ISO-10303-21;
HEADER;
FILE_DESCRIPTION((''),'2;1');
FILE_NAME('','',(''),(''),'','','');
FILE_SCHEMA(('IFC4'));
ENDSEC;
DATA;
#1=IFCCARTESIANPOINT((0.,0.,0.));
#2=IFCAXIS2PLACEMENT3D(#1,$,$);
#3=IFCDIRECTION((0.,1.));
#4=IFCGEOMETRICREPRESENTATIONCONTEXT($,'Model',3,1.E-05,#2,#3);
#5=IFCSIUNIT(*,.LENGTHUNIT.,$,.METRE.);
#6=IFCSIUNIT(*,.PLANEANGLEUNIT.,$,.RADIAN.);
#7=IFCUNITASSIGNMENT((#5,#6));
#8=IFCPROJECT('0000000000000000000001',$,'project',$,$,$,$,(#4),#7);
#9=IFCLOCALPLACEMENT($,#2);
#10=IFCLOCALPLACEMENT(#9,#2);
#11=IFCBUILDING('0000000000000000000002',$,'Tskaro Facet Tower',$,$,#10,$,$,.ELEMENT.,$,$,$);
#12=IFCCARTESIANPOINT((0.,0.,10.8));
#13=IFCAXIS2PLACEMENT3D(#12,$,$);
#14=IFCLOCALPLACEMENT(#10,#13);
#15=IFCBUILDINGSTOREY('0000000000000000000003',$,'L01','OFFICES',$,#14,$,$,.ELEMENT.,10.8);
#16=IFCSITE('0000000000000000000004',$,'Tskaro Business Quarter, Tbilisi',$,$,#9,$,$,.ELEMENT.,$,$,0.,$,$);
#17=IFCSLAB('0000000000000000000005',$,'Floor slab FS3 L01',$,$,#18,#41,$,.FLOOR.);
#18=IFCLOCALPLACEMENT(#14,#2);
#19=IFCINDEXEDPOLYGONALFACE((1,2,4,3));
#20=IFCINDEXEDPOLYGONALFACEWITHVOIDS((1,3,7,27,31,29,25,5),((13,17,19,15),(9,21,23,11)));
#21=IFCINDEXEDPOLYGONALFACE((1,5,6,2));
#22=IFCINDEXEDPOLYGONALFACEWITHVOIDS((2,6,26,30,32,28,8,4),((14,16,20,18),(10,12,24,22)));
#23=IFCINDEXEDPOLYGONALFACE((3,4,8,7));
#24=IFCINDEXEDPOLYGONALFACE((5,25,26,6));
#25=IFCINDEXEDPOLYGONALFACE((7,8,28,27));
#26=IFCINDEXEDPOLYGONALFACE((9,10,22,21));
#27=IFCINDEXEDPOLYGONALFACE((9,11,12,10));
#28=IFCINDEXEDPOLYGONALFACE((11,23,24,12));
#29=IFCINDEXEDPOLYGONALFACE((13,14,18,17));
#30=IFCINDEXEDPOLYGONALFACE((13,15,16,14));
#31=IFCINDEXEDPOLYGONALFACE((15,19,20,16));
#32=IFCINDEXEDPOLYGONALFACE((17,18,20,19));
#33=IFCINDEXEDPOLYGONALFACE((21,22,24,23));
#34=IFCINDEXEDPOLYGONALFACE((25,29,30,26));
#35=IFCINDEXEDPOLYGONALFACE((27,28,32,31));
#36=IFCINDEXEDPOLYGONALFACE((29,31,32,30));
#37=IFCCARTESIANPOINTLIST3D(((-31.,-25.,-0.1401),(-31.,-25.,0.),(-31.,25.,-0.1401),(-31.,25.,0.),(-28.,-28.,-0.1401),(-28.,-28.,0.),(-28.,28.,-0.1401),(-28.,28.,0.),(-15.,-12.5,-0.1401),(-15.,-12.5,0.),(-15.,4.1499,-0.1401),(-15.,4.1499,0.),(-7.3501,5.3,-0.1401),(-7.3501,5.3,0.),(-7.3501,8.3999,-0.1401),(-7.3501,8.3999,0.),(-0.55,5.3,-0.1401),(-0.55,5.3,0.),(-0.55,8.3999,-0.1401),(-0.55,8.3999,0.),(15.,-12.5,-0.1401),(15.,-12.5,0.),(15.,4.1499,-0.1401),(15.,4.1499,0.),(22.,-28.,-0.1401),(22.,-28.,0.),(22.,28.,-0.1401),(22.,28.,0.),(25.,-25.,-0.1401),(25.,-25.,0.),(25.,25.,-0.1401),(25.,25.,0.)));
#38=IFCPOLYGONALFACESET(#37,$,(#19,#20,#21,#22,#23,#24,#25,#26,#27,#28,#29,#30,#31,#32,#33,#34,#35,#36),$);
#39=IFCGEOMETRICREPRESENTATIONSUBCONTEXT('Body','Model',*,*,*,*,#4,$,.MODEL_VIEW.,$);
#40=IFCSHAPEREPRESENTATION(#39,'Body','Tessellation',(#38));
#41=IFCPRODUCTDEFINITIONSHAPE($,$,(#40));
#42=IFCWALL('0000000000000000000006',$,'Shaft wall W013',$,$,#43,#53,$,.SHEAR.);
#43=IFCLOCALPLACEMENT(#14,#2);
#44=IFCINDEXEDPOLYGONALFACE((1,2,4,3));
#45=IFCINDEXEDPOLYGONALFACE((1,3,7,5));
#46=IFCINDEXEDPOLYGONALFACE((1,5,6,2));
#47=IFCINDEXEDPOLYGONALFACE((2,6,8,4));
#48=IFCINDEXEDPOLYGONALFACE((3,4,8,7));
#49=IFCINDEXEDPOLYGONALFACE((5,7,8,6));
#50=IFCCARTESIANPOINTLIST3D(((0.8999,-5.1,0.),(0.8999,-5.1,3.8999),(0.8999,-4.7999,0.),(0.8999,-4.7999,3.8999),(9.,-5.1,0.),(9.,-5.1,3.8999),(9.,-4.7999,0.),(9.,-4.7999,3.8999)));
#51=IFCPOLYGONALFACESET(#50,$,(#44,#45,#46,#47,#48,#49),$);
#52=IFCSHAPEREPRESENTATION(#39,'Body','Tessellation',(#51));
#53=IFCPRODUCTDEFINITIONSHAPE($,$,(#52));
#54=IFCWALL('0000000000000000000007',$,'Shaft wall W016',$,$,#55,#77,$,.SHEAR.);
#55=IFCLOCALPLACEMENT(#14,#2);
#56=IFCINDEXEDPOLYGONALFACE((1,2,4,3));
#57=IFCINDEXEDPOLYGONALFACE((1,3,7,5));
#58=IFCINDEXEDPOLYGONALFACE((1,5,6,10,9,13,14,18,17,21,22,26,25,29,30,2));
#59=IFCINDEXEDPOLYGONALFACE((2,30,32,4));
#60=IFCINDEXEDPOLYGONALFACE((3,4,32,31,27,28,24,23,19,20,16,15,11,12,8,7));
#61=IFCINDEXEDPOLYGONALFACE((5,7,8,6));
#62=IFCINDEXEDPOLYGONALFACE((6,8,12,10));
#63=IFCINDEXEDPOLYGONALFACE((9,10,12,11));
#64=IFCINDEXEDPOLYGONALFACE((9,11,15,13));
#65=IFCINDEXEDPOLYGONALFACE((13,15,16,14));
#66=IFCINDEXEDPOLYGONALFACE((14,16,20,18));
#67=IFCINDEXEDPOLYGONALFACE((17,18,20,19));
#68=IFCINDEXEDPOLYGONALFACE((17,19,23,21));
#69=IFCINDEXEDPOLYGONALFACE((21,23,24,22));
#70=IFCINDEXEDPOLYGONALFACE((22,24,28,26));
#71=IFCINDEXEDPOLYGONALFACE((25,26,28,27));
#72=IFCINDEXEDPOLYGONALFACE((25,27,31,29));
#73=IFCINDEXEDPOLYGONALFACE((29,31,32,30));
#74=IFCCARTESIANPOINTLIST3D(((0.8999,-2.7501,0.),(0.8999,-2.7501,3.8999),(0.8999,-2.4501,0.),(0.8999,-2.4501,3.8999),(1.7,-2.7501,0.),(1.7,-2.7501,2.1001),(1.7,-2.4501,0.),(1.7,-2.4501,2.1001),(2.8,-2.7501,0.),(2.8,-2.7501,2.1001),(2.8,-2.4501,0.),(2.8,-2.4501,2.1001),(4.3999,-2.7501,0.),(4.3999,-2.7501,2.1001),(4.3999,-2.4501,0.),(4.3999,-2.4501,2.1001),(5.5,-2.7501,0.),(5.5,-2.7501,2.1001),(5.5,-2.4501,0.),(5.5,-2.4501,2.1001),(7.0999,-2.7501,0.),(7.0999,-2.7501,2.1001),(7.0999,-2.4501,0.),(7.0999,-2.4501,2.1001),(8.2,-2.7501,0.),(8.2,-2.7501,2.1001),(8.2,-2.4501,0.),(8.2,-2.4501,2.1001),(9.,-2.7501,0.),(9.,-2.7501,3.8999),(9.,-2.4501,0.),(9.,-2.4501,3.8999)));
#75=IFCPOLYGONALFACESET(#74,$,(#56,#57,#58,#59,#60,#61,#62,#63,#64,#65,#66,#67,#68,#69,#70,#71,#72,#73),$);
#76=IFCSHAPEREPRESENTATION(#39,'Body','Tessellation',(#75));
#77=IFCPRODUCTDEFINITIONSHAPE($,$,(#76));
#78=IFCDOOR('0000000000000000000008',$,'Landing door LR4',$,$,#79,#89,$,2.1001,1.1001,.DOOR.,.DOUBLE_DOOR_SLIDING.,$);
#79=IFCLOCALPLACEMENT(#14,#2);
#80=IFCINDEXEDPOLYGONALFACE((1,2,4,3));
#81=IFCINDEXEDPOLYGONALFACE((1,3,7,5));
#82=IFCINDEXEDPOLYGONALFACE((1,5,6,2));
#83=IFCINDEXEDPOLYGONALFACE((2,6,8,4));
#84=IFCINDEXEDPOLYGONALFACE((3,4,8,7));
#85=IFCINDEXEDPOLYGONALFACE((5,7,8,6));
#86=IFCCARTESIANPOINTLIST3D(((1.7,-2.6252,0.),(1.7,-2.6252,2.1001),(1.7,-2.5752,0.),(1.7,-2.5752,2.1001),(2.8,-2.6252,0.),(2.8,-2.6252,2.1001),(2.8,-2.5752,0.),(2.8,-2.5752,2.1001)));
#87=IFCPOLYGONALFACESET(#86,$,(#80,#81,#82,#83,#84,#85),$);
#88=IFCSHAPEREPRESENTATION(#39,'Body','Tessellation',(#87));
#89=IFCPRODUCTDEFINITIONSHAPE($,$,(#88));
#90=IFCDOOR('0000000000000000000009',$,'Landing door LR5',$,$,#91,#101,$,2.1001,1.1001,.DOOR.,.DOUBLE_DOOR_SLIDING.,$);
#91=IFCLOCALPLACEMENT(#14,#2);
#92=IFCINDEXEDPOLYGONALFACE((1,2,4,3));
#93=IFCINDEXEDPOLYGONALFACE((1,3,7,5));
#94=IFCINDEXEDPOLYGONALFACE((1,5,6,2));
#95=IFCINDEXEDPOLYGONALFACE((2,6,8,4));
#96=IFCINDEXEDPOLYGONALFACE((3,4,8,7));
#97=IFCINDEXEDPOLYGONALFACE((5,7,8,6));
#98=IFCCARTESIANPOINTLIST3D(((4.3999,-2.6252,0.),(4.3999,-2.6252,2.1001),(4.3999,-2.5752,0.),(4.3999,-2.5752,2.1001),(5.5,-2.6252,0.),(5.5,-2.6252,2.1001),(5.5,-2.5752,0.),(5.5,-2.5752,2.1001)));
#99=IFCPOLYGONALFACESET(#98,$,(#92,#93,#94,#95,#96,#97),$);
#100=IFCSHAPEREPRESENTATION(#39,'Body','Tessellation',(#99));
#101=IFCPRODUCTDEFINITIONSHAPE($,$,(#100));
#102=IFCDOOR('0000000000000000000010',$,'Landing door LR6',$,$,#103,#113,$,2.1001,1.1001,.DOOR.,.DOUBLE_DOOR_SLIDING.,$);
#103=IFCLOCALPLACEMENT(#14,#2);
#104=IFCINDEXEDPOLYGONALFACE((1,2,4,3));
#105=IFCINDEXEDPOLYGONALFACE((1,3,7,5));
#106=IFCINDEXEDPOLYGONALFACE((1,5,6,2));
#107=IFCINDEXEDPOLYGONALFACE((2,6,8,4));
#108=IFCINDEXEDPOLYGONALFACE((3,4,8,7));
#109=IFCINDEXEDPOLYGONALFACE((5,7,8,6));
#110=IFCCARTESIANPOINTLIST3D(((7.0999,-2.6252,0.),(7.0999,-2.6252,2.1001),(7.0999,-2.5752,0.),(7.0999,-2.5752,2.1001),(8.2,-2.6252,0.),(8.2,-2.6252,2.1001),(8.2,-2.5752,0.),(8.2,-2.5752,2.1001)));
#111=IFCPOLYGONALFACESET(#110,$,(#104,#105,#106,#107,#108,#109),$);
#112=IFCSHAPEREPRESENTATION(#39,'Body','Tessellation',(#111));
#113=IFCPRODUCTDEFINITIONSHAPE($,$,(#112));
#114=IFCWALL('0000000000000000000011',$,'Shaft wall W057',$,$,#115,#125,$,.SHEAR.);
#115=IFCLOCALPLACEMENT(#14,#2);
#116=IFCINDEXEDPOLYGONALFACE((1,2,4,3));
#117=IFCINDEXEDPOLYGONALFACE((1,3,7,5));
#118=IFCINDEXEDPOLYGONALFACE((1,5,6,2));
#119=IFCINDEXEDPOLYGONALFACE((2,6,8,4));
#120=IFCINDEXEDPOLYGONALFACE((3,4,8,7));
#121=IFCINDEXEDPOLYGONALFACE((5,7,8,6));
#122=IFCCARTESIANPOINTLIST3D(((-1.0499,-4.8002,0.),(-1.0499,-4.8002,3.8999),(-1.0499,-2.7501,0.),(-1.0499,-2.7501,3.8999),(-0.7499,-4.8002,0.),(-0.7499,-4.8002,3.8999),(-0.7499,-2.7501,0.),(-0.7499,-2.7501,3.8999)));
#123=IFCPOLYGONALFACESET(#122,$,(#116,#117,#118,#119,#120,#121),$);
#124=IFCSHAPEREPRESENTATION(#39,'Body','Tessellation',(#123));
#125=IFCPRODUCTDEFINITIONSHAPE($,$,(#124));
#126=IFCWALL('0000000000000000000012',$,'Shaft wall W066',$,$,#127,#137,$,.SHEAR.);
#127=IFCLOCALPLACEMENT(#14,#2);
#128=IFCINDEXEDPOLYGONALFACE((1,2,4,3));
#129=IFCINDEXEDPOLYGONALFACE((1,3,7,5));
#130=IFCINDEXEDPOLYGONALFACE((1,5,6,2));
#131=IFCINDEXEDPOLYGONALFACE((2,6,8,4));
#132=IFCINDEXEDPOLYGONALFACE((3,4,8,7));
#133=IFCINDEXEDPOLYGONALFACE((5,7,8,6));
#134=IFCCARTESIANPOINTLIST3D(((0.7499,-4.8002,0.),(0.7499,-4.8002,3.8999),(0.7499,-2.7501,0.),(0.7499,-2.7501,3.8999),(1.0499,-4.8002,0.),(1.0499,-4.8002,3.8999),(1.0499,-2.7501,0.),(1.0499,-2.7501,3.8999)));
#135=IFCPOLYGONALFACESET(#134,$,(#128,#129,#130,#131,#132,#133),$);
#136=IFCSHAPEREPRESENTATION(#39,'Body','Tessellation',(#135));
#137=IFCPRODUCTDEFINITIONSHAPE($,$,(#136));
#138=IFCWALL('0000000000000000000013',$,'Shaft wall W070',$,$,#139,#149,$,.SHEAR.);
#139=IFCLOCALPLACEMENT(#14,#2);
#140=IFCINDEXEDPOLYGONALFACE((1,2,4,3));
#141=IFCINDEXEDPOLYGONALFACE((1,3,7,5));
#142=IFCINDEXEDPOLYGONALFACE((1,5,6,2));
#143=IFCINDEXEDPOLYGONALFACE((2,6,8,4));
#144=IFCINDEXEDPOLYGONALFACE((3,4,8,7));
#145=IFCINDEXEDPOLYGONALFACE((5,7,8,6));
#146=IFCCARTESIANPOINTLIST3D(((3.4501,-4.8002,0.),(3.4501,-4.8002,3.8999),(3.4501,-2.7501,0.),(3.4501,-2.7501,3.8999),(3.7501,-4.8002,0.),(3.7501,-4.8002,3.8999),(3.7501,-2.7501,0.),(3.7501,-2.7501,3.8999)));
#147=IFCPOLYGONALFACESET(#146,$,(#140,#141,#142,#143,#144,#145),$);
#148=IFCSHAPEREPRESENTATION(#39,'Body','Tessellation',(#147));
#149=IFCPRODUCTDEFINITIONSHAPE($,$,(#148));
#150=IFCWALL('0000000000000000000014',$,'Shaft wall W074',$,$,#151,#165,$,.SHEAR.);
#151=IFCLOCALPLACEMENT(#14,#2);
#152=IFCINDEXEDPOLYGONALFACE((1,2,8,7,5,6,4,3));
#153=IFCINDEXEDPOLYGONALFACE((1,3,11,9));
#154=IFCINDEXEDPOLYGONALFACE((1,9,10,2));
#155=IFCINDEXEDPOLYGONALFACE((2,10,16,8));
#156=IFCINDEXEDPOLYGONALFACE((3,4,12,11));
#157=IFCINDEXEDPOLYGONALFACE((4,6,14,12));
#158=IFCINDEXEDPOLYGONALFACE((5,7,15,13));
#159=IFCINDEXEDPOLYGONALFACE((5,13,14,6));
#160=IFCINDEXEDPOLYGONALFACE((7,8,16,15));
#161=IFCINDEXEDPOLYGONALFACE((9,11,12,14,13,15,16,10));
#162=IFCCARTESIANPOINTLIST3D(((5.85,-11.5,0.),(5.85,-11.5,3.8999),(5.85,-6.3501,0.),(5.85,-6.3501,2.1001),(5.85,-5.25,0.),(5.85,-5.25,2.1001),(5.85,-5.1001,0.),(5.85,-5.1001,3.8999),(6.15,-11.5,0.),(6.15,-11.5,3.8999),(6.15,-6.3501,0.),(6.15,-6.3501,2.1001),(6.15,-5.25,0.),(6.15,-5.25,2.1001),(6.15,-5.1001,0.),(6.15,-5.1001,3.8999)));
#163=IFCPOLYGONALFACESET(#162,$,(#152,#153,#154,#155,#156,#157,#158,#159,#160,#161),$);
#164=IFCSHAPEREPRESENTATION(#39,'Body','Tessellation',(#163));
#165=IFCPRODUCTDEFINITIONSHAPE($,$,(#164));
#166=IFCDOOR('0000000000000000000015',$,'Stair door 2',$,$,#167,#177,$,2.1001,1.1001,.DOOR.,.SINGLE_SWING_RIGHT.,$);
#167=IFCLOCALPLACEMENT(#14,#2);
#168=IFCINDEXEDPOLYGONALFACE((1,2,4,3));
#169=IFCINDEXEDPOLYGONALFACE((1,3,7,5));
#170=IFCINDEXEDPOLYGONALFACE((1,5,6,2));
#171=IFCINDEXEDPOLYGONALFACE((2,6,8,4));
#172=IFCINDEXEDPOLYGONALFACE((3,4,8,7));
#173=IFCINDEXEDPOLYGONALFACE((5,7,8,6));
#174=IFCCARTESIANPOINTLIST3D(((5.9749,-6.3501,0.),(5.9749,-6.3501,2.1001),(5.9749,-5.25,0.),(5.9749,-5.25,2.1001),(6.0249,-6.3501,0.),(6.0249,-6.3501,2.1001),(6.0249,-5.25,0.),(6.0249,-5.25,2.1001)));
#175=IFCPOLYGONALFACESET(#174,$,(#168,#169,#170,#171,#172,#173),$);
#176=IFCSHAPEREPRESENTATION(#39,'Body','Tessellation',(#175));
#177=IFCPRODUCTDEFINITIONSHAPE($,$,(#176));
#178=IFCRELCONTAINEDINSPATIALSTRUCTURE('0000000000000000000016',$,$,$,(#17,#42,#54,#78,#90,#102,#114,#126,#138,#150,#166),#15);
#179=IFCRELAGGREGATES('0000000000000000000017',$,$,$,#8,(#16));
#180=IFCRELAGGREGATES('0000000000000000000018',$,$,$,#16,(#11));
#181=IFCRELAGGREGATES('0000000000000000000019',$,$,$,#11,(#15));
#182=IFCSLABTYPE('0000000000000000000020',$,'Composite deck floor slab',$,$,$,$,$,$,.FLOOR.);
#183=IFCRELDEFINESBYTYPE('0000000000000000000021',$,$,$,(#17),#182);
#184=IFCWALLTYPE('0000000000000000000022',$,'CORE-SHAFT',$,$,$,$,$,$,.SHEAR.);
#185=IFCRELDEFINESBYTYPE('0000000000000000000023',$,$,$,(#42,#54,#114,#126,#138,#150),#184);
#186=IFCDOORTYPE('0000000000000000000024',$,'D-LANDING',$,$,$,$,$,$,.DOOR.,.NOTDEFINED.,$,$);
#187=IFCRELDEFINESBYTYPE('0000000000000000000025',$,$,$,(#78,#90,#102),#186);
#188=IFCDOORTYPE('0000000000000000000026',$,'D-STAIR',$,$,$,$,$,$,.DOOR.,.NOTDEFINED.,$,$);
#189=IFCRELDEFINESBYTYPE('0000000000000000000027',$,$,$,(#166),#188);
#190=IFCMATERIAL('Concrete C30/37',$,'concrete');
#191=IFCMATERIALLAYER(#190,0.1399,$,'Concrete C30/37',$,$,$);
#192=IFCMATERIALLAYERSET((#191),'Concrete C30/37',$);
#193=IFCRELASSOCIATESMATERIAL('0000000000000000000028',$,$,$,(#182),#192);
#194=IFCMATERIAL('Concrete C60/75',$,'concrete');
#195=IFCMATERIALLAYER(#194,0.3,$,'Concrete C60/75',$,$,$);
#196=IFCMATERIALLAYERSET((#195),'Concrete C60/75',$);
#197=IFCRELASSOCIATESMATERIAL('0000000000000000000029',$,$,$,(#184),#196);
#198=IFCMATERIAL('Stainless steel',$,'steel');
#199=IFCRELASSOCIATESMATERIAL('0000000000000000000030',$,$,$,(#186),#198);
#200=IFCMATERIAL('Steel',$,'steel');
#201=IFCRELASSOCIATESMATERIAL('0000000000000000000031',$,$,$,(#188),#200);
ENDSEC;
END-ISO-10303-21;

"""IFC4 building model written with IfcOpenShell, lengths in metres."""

from ifc_helpers import new_model, si_unit, direction, frame, frame_2d, origin, place, context, subcontext, project, spatial, polyline, rectangle, outline, extrude, material, layer, layer_set, type_object, element, fill, save


model = new_model("IFC4")

# Units and contexts
model_context = context("Model", 3, precision=1e-05, world=origin(), true_north=direction((0.0, 1.0)))
body_context = subcontext(model_context, "Body", "Model", "MODEL_VIEW")
ifc_project = project(units=[si_unit("LENGTHUNIT", "METRE"), si_unit("PLANEANGLEUNIT", "RADIAN")], contexts=[model_context])

# Site, building, storey
site_placement = place(None, origin())
site = spatial("IfcSite", under=ifc_project, at=site_placement, Name="Tskaro Business Quarter, Tbilisi", CompositionType="ELEMENT", RefElevation=0.0)
building_placement = place(site_placement, origin())
building = spatial("IfcBuilding", under=site, at=building_placement, Name="Tskaro Facet Tower", CompositionType="ELEMENT")
storey_placement = place(building_placement, frame((0.0, 0.0, 10.8)))
storey = spatial("IfcBuildingStorey", under=building, at=storey_placement, Name="L01", Description="OFFICES", CompositionType="ELEMENT", Elevation=10.8)

# Slab
ifc_material_1 = material(Name="Concrete C30/37", Category="concrete")
ifc_layer_1 = layer(ifc_material_1, 0.1399, Name="Concrete C30/37")
ifc_layer_set_1 = layer_set([ifc_layer_1], Name="Concrete C30/37")
slab_type_1 = type_object("IfcSlabType", Name="Composite deck floor slab", PredefinedType="FLOOR", material=ifc_layer_set_1)
slab_1_placement = place(storey_placement, frame((0.0, 0.0, -0.1401)))
element("IfcSlab", 1, at=slab_1_placement, inside=storey, type_object=slab_type_1, Name="Floor slab FS3 L01", PredefinedType="FLOOR", context=body_context, shape_type="SweptSolid", body=[
    extrude(outline(polyline([(-28.0, -28.0), (22.0, -28.0), (25.0, -25.0), (25.0, 25.0), (22.0, 28.0), (-28.0, 28.0), (-31.0, 25.0), (-31.0, -25.0), (-28.0, -28.0)]), holes=[polyline([(-15.0, -12.5), (15.0, -12.5), (15.0, 4.1499), (-15.0, 4.1499), (-15.0, -12.5)]), polyline([(-7.3501, 5.3), (-0.55, 5.3), (-0.55, 8.3999), (-7.3501, 8.3999), (-7.3501, 5.3)])]), origin(), (0.0, 0.0, 1.0), 0.1401),
])
ifc_material_2 = material(Name="Concrete C60/75", Category="concrete")

# Wall
ifc_layer_2 = layer(ifc_material_2, 0.3, Name="Concrete C60/75")
ifc_layer_set_2 = layer_set([ifc_layer_2], Name="Concrete C60/75")
wall_type_1 = type_object("IfcWallType", Name="CORE-SHAFT", PredefinedType="SHEAR", material=ifc_layer_set_2)
wall_1_placement = place(storey_placement, frame((0.8999, -4.95, 0.0), z_axis=(0.0, 0.0, 1.0), x_axis=(1.0, 0.0, 0.0)))
element("IfcWall", 2, at=wall_1_placement, inside=storey, type_object=wall_type_1, Name="Shaft wall W013", PredefinedType="SHEAR", context=body_context, shape_type="SweptSolid", body=[
    extrude(rectangle(XDim=8.1001, YDim=0.3, at=frame_2d((4.05, 0.0))), origin(), (0.0, 0.0, 1.0), 3.8999),
])

# Wall, openings, doors
wall_2_placement = place(storey_placement, frame((0.8999, -2.6001, 0.0), z_axis=(0.0, 0.0, 1.0), x_axis=(1.0, 0.0, 0.0)))
wall_2 = element("IfcWall", 3, at=wall_2_placement, inside=storey, type_object=wall_type_1, Name="Shaft wall W016", PredefinedType="SHEAR", context=body_context, shape_type="SweptSolid", body=[
    extrude(rectangle(XDim=8.1001, YDim=0.3, at=frame_2d((4.05, 0.0))), origin(), (0.0, 0.0, 1.0), 3.8999),
])
opening_1_placement = place(wall_2_placement, frame((0.8, 0.0, 0.0)))
opening_1 = element("IfcOpeningElement", 4, at=opening_1_placement, cuts=wall_2, PredefinedType="OPENING", context=body_context, shape_type="SweptSolid", body=[
    extrude(rectangle(XDim=1.1001, YDim=2.1001, at=frame_2d((0.55, 1.05))), frame((0.0, 0.1599, 0.0), z_axis=(0.0, -1.0, 0.0), x_axis=(1.0, 0.0, 0.0)), (0.0, 0.0, 1.0), 0.3201),
])
opening_2_placement = place(wall_2_placement, frame((3.5, 0.0, 0.0)))
opening_2 = element("IfcOpeningElement", 5, at=opening_2_placement, cuts=wall_2, PredefinedType="OPENING", context=body_context, shape_type="SweptSolid", body=[
    extrude(rectangle(XDim=1.1001, YDim=2.1001, at=frame_2d((0.55, 1.05))), frame((0.0, 0.1599, 0.0), z_axis=(0.0, -1.0, 0.0), x_axis=(1.0, 0.0, 0.0)), (0.0, 0.0, 1.0), 0.3201),
])
opening_3_placement = place(wall_2_placement, frame((6.2, 0.0, 0.0)))
opening_3 = element("IfcOpeningElement", 6, at=opening_3_placement, cuts=wall_2, PredefinedType="OPENING", context=body_context, shape_type="SweptSolid", body=[
    extrude(rectangle(XDim=1.1001, YDim=2.1001, at=frame_2d((0.55, 1.05))), frame((0.0, 0.1599, 0.0), z_axis=(0.0, -1.0, 0.0), x_axis=(1.0, 0.0, 0.0)), (0.0, 0.0, 1.0), 0.3201),
])
ifc_material_3 = material(Name="Stainless steel", Category="steel")
door_type_1 = type_object("IfcDoorType", Name="D-LANDING", OperationType="NOTDEFINED", PredefinedType="DOOR", material=ifc_material_3)
door_1_placement = place(opening_1_placement, origin())
door_1 = element("IfcDoor", 7, at=door_1_placement, inside=storey, type_object=door_type_1, Name="Landing door LR4", OperationType="DOUBLE_DOOR_SLIDING", OverallHeight=2.1001, OverallWidth=1.1001, PredefinedType="DOOR", context=body_context, shape_type="SweptSolid", body=[
    extrude(rectangle(XDim=1.1001, YDim=2.1001, at=frame_2d((0.55, 1.05))), frame((0.0, 0.0249, 0.0), z_axis=(0.0, -1.0, 0.0), x_axis=(1.0, 0.0, 0.0)), (0.0, 0.0, 1.0), 0.05),
])
fill(opening_1, door_1)
door_2_placement = place(opening_2_placement, origin())
door_2 = element("IfcDoor", 8, at=door_2_placement, inside=storey, type_object=door_type_1, Name="Landing door LR5", OperationType="DOUBLE_DOOR_SLIDING", OverallHeight=2.1001, OverallWidth=1.1001, PredefinedType="DOOR", context=body_context, shape_type="SweptSolid", body=[
    extrude(rectangle(XDim=1.1001, YDim=2.1001, at=frame_2d((0.55, 1.05))), frame((0.0, 0.0249, 0.0), z_axis=(0.0, -1.0, 0.0), x_axis=(1.0, 0.0, 0.0)), (0.0, 0.0, 1.0), 0.05),
])
fill(opening_2, door_2)
door_3_placement = place(opening_3_placement, origin())
door_3 = element("IfcDoor", 9, at=door_3_placement, inside=storey, type_object=door_type_1, Name="Landing door LR6", OperationType="DOUBLE_DOOR_SLIDING", OverallHeight=2.1001, OverallWidth=1.1001, PredefinedType="DOOR", context=body_context, shape_type="SweptSolid", body=[
    extrude(rectangle(XDim=1.1001, YDim=2.1001, at=frame_2d((0.55, 1.05))), frame((0.0, 0.0249, 0.0), z_axis=(0.0, -1.0, 0.0), x_axis=(1.0, 0.0, 0.0)), (0.0, 0.0, 1.0), 0.05),
])
fill(opening_3, door_3)

# Walls
for number, where, z_axis, x_axis, name in (
    (10, (-0.8999, -4.8, 0.0), (0.0, 0.0, 1.0), (0.0, 1.0, 0.0), "Shaft wall W057"),
    (11, (0.8999, -4.8, 0.0), (0.0, 0.0, 1.0), (0.0, 1.0, 0.0), "Shaft wall W066"),
    (12, (3.6001, -4.8, 0.0), (0.0, 0.0, 1.0), (0.0, 1.0, 0.0), "Shaft wall W070"),
):
    element("IfcWall", number, at=place(storey_placement, frame(where, z_axis=z_axis, x_axis=x_axis)), inside=storey, type_object=wall_type_1, Name=name, PredefinedType="SHEAR", context=body_context, shape_type="SweptSolid", body=[
        extrude(rectangle(XDim=2.05, YDim=0.3, at=frame_2d((1.0249, 0.0))), origin(), (0.0, 0.0, 1.0), 3.8999),
    ])

# Wall, opening, door
wall_3_placement = place(storey_placement, frame((6.0, -5.1001, 0.0), z_axis=(0.0, 0.0, 1.0), x_axis=(0.0, -1.0, 0.0)))
wall_3 = element("IfcWall", 13, at=wall_3_placement, inside=storey, type_object=wall_type_1, Name="Shaft wall W074", PredefinedType="SHEAR", context=body_context, shape_type="SweptSolid", body=[
    extrude(rectangle(XDim=6.3999, YDim=0.3, at=frame_2d((3.2, 0.0))), origin(), (0.0, 0.0, 1.0), 3.8999),
])
opening_4_placement = place(wall_3_placement, frame((0.1499, 0.0, 0.0)))
opening_4 = element("IfcOpeningElement", 14, at=opening_4_placement, cuts=wall_3, PredefinedType="OPENING", context=body_context, shape_type="SweptSolid", body=[
    extrude(rectangle(XDim=1.1001, YDim=2.1001, at=frame_2d((0.55, 1.05))), frame((0.0, 0.1599, 0.0), z_axis=(0.0, -1.0, 0.0), x_axis=(1.0, 0.0, 0.0)), (0.0, 0.0, 1.0), 0.3201),
])
ifc_material_4 = material(Name="Steel", Category="steel")
door_type_2 = type_object("IfcDoorType", Name="D-STAIR", OperationType="NOTDEFINED", PredefinedType="DOOR", material=ifc_material_4)
door_4_placement = place(opening_4_placement, origin())
door_4 = element("IfcDoor", 15, at=door_4_placement, inside=storey, type_object=door_type_2, Name="Stair door 2", OperationType="SINGLE_SWING_RIGHT", OverallHeight=2.1001, OverallWidth=1.1001, PredefinedType="DOOR", context=body_context, shape_type="SweptSolid", body=[
    extrude(rectangle(XDim=1.1001, YDim=2.1001, at=frame_2d((0.55, 1.05))), frame((0.0, 0.0249, 0.0), z_axis=(0.0, -1.0, 0.0), x_axis=(1.0, 0.0, 0.0)), (0.0, 0.0, 1.0), 0.05),
])
fill(opening_4, door_4)

save(model, "model.ifc")
